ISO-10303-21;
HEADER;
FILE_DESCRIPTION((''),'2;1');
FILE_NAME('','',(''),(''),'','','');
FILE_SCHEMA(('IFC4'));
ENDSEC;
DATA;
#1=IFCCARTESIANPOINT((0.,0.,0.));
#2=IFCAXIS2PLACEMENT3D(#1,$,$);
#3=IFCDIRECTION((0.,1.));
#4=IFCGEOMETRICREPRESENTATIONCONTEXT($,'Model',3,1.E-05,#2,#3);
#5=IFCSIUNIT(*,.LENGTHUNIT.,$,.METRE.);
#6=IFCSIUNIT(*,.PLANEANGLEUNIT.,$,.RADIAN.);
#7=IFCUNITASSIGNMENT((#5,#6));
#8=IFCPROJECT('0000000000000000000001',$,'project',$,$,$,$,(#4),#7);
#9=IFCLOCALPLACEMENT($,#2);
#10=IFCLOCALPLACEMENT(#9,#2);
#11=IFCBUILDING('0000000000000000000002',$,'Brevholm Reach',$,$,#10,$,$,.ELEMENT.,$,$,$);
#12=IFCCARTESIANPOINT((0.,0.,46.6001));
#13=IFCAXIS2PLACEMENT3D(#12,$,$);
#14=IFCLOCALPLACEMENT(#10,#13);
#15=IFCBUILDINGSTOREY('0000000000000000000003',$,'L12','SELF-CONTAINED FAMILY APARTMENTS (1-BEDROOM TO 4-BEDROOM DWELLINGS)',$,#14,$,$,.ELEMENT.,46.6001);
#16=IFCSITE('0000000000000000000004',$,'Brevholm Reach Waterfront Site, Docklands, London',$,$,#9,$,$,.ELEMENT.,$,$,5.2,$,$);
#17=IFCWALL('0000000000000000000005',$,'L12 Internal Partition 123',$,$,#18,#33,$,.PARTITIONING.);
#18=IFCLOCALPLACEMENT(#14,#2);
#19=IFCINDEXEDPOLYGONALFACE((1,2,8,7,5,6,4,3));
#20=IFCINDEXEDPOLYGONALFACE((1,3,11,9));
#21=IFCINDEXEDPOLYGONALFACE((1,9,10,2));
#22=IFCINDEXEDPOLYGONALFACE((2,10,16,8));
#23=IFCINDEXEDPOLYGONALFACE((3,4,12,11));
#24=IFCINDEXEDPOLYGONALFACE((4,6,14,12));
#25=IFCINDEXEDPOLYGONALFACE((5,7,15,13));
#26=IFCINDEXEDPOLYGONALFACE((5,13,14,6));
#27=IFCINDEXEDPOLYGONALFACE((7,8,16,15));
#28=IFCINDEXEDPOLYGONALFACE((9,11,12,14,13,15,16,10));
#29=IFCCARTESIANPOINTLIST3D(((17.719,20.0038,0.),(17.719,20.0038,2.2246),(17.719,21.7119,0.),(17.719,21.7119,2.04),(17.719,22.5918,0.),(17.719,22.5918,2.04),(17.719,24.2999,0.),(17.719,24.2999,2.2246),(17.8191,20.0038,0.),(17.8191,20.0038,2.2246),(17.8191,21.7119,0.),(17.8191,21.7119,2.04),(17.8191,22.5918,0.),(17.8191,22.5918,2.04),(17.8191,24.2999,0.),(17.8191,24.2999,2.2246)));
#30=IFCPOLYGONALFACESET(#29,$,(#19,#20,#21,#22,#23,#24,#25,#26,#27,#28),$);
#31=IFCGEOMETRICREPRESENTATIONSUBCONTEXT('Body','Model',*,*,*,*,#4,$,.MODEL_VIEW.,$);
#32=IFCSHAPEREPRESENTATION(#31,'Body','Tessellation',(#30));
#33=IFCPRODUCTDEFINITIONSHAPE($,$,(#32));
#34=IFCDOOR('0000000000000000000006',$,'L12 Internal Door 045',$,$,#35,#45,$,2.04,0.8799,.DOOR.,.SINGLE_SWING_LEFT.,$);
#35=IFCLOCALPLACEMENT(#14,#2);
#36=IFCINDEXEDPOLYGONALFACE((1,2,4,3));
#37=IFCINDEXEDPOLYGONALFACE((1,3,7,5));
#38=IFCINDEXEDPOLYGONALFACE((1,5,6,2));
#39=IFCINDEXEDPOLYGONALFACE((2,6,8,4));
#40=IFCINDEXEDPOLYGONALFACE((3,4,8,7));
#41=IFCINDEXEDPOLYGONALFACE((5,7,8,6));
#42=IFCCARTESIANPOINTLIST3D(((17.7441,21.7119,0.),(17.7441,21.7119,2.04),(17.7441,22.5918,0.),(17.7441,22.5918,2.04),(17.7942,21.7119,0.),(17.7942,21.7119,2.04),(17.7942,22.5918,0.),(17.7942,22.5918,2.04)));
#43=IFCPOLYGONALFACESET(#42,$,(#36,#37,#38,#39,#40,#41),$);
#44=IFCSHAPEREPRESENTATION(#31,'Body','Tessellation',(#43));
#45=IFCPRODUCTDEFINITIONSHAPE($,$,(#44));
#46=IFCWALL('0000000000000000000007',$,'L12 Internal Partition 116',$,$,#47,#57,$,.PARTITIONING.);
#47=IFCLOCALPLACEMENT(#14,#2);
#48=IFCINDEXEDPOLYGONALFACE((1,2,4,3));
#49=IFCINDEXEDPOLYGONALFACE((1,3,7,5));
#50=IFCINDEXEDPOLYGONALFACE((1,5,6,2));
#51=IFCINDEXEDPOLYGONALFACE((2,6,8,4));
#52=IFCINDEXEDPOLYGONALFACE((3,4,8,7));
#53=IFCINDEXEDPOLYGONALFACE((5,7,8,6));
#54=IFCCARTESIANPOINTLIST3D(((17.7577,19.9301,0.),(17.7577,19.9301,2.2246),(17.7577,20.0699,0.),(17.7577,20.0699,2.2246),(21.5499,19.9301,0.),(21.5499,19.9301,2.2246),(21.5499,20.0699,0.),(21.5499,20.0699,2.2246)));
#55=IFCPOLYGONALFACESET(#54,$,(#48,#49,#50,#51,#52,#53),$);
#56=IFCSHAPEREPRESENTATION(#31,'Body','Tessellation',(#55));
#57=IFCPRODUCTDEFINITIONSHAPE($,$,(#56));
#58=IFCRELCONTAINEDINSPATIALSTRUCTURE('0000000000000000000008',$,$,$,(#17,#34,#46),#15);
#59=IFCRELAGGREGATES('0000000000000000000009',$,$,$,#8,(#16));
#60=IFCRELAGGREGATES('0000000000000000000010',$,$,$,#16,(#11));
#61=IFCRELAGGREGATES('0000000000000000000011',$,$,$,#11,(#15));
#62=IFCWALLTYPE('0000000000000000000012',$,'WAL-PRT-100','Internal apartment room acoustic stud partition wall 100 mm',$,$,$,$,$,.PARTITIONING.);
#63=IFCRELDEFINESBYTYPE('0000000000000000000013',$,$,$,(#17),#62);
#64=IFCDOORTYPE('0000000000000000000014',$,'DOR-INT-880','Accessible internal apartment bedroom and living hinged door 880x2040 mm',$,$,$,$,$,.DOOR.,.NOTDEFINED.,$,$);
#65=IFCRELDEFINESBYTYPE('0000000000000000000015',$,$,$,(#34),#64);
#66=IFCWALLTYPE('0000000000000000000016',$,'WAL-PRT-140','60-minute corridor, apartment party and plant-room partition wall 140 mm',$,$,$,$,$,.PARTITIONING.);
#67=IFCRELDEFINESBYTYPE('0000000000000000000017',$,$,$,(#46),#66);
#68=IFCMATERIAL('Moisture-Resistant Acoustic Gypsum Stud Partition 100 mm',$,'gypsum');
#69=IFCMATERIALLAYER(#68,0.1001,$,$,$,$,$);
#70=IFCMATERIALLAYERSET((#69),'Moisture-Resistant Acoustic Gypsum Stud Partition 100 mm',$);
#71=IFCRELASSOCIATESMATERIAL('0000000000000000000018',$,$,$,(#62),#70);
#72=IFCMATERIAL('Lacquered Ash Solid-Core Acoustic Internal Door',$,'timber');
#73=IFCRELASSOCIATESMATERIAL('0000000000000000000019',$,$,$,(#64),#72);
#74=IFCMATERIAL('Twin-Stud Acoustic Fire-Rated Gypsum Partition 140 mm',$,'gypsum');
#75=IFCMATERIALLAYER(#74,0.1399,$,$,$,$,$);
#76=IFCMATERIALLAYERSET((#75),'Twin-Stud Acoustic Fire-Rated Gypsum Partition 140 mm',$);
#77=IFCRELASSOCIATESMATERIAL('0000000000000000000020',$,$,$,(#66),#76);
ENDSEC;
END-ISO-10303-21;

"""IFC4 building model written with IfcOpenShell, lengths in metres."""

from ifc_helpers import new_model, si_unit, direction, frame, frame_2d, origin, place, context, subcontext, project, spatial, rectangle, extrude, material, layer, layer_set, type_object, element, fill, save


model = new_model("IFC4")

# Units and contexts
model_context = context("Model", 3, precision=1e-05, world=origin(), true_north=direction((0.0, 1.0)))
body_context = subcontext(model_context, "Body", "Model", "MODEL_VIEW")
ifc_project = project(units=[si_unit("LENGTHUNIT", "METRE"), si_unit("PLANEANGLEUNIT", "RADIAN")], contexts=[model_context])

# Site, building, storey
site_placement = place(None, origin())
site = spatial("IfcSite", under=ifc_project, at=site_placement, Name="Brevholm Reach Waterfront Site, Docklands, London", CompositionType="ELEMENT", RefElevation=5.2)
building_placement = place(site_placement, origin())
building = spatial("IfcBuilding", under=site, at=building_placement, Name="Brevholm Reach", CompositionType="ELEMENT")
storey_placement = place(building_placement, frame((0.0, 0.0, 46.6001)))
storey = spatial("IfcBuildingStorey", under=building, at=storey_placement, Name="L12", Description="SELF-CONTAINED FAMILY APARTMENTS (1-BEDROOM TO 4-BEDROOM DWELLINGS)", CompositionType="ELEMENT", Elevation=46.6001)

# Shared definitions
ifc_material_1 = material(Name="Moisture-Resistant Acoustic Gypsum Stud Partition 100 mm", Category="gypsum")
ifc_layer_1 = layer(ifc_material_1, 0.1001)
ifc_layer_set_1 = layer_set([ifc_layer_1], Name="Moisture-Resistant Acoustic Gypsum Stud Partition 100 mm")
wall_type_1 = type_object("IfcWallType", Name="WAL-PRT-100", Description="Internal apartment room acoustic stud partition wall 100 mm", PredefinedType="PARTITIONING", material=ifc_layer_set_1)
ifc_material_2 = material(Name="Lacquered Ash Solid-Core Acoustic Internal Door", Category="timber")
door_type = type_object("IfcDoorType", Name="DOR-INT-880", Description="Accessible internal apartment bedroom and living hinged door 880x2040 mm", OperationType="NOTDEFINED", PredefinedType="DOOR", material=ifc_material_2)

# Wall, opening, door
wall_1_placement = place(storey_placement, frame((17.769, 20.0039, 0.0), z_axis=(0.0, 0.0, 1.0), x_axis=(0.0, 1.0, 0.0)))
wall_1 = element("IfcWall", 1, at=wall_1_placement, inside=storey, type_object=wall_type_1, Name="L12 Internal Partition 123", PredefinedType="PARTITIONING", context=body_context, shape_type="SweptSolid", body=[
    extrude(rectangle(XDim=4.2961, YDim=0.1001, at=frame_2d((2.1479, 0.0))), origin(), (0.0, 0.0, 1.0), 2.2246),
])
opening_1_placement = place(wall_1_placement, frame((1.708, 0.0, 0.0)))
opening_1 = element("IfcOpeningElement", 2, at=opening_1_placement, cuts=wall_1, PredefinedType="OPENING", context=body_context, shape_type="SweptSolid", body=[
    extrude(rectangle(XDim=0.8799, YDim=2.04, at=frame_2d((0.4399, 1.02))), frame((0.0, 0.0601, 0.0), z_axis=(0.0, -1.0, 0.0), x_axis=(1.0, 0.0, 0.0)), (0.0, 0.0, 1.0), 0.1201),
])
door_1_placement = place(opening_1_placement, origin())
door_1 = element("IfcDoor", 3, at=door_1_placement, inside=storey, type_object=door_type, Name="L12 Internal Door 045", OperationType="SINGLE_SWING_LEFT", OverallHeight=2.04, OverallWidth=0.8799, PredefinedType="DOOR", context=body_context, shape_type="SweptSolid", body=[
    extrude(rectangle(XDim=0.8799, YDim=2.04, at=frame_2d((0.4399, 1.02))), frame((0.0, 0.0249, 0.0), z_axis=(0.0, -1.0, 0.0), x_axis=(1.0, 0.0, 0.0)), (0.0, 0.0, 1.0), 0.05),
])
fill(opening_1, door_1)

# Wall
ifc_material_3 = material(Name="Twin-Stud Acoustic Fire-Rated Gypsum Partition 140 mm", Category="gypsum")
ifc_layer_2 = layer(ifc_material_3, 0.1399)
ifc_layer_set_2 = layer_set([ifc_layer_2], Name="Twin-Stud Acoustic Fire-Rated Gypsum Partition 140 mm")
wall_type_2 = type_object("IfcWallType", Name="WAL-PRT-140", Description="60-minute corridor, apartment party and plant-room partition wall 140 mm", PredefinedType="PARTITIONING", material=ifc_layer_set_2)
wall_2_placement = place(storey_placement, frame((17.7578, 20.0, 0.0), z_axis=(0.0, 0.0, 1.0), x_axis=(1.0, 0.0, 0.0)))
element("IfcWall", 4, at=wall_2_placement, inside=storey, type_object=wall_type_2, Name="L12 Internal Partition 116", PredefinedType="PARTITIONING", context=body_context, shape_type="SweptSolid", body=[
    extrude(rectangle(XDim=3.7922, YDim=0.1399, at=frame_2d((1.896, 0.0))), origin(), (0.0, 0.0, 1.0), 2.2246),
])

save(model, "model.ifc")
